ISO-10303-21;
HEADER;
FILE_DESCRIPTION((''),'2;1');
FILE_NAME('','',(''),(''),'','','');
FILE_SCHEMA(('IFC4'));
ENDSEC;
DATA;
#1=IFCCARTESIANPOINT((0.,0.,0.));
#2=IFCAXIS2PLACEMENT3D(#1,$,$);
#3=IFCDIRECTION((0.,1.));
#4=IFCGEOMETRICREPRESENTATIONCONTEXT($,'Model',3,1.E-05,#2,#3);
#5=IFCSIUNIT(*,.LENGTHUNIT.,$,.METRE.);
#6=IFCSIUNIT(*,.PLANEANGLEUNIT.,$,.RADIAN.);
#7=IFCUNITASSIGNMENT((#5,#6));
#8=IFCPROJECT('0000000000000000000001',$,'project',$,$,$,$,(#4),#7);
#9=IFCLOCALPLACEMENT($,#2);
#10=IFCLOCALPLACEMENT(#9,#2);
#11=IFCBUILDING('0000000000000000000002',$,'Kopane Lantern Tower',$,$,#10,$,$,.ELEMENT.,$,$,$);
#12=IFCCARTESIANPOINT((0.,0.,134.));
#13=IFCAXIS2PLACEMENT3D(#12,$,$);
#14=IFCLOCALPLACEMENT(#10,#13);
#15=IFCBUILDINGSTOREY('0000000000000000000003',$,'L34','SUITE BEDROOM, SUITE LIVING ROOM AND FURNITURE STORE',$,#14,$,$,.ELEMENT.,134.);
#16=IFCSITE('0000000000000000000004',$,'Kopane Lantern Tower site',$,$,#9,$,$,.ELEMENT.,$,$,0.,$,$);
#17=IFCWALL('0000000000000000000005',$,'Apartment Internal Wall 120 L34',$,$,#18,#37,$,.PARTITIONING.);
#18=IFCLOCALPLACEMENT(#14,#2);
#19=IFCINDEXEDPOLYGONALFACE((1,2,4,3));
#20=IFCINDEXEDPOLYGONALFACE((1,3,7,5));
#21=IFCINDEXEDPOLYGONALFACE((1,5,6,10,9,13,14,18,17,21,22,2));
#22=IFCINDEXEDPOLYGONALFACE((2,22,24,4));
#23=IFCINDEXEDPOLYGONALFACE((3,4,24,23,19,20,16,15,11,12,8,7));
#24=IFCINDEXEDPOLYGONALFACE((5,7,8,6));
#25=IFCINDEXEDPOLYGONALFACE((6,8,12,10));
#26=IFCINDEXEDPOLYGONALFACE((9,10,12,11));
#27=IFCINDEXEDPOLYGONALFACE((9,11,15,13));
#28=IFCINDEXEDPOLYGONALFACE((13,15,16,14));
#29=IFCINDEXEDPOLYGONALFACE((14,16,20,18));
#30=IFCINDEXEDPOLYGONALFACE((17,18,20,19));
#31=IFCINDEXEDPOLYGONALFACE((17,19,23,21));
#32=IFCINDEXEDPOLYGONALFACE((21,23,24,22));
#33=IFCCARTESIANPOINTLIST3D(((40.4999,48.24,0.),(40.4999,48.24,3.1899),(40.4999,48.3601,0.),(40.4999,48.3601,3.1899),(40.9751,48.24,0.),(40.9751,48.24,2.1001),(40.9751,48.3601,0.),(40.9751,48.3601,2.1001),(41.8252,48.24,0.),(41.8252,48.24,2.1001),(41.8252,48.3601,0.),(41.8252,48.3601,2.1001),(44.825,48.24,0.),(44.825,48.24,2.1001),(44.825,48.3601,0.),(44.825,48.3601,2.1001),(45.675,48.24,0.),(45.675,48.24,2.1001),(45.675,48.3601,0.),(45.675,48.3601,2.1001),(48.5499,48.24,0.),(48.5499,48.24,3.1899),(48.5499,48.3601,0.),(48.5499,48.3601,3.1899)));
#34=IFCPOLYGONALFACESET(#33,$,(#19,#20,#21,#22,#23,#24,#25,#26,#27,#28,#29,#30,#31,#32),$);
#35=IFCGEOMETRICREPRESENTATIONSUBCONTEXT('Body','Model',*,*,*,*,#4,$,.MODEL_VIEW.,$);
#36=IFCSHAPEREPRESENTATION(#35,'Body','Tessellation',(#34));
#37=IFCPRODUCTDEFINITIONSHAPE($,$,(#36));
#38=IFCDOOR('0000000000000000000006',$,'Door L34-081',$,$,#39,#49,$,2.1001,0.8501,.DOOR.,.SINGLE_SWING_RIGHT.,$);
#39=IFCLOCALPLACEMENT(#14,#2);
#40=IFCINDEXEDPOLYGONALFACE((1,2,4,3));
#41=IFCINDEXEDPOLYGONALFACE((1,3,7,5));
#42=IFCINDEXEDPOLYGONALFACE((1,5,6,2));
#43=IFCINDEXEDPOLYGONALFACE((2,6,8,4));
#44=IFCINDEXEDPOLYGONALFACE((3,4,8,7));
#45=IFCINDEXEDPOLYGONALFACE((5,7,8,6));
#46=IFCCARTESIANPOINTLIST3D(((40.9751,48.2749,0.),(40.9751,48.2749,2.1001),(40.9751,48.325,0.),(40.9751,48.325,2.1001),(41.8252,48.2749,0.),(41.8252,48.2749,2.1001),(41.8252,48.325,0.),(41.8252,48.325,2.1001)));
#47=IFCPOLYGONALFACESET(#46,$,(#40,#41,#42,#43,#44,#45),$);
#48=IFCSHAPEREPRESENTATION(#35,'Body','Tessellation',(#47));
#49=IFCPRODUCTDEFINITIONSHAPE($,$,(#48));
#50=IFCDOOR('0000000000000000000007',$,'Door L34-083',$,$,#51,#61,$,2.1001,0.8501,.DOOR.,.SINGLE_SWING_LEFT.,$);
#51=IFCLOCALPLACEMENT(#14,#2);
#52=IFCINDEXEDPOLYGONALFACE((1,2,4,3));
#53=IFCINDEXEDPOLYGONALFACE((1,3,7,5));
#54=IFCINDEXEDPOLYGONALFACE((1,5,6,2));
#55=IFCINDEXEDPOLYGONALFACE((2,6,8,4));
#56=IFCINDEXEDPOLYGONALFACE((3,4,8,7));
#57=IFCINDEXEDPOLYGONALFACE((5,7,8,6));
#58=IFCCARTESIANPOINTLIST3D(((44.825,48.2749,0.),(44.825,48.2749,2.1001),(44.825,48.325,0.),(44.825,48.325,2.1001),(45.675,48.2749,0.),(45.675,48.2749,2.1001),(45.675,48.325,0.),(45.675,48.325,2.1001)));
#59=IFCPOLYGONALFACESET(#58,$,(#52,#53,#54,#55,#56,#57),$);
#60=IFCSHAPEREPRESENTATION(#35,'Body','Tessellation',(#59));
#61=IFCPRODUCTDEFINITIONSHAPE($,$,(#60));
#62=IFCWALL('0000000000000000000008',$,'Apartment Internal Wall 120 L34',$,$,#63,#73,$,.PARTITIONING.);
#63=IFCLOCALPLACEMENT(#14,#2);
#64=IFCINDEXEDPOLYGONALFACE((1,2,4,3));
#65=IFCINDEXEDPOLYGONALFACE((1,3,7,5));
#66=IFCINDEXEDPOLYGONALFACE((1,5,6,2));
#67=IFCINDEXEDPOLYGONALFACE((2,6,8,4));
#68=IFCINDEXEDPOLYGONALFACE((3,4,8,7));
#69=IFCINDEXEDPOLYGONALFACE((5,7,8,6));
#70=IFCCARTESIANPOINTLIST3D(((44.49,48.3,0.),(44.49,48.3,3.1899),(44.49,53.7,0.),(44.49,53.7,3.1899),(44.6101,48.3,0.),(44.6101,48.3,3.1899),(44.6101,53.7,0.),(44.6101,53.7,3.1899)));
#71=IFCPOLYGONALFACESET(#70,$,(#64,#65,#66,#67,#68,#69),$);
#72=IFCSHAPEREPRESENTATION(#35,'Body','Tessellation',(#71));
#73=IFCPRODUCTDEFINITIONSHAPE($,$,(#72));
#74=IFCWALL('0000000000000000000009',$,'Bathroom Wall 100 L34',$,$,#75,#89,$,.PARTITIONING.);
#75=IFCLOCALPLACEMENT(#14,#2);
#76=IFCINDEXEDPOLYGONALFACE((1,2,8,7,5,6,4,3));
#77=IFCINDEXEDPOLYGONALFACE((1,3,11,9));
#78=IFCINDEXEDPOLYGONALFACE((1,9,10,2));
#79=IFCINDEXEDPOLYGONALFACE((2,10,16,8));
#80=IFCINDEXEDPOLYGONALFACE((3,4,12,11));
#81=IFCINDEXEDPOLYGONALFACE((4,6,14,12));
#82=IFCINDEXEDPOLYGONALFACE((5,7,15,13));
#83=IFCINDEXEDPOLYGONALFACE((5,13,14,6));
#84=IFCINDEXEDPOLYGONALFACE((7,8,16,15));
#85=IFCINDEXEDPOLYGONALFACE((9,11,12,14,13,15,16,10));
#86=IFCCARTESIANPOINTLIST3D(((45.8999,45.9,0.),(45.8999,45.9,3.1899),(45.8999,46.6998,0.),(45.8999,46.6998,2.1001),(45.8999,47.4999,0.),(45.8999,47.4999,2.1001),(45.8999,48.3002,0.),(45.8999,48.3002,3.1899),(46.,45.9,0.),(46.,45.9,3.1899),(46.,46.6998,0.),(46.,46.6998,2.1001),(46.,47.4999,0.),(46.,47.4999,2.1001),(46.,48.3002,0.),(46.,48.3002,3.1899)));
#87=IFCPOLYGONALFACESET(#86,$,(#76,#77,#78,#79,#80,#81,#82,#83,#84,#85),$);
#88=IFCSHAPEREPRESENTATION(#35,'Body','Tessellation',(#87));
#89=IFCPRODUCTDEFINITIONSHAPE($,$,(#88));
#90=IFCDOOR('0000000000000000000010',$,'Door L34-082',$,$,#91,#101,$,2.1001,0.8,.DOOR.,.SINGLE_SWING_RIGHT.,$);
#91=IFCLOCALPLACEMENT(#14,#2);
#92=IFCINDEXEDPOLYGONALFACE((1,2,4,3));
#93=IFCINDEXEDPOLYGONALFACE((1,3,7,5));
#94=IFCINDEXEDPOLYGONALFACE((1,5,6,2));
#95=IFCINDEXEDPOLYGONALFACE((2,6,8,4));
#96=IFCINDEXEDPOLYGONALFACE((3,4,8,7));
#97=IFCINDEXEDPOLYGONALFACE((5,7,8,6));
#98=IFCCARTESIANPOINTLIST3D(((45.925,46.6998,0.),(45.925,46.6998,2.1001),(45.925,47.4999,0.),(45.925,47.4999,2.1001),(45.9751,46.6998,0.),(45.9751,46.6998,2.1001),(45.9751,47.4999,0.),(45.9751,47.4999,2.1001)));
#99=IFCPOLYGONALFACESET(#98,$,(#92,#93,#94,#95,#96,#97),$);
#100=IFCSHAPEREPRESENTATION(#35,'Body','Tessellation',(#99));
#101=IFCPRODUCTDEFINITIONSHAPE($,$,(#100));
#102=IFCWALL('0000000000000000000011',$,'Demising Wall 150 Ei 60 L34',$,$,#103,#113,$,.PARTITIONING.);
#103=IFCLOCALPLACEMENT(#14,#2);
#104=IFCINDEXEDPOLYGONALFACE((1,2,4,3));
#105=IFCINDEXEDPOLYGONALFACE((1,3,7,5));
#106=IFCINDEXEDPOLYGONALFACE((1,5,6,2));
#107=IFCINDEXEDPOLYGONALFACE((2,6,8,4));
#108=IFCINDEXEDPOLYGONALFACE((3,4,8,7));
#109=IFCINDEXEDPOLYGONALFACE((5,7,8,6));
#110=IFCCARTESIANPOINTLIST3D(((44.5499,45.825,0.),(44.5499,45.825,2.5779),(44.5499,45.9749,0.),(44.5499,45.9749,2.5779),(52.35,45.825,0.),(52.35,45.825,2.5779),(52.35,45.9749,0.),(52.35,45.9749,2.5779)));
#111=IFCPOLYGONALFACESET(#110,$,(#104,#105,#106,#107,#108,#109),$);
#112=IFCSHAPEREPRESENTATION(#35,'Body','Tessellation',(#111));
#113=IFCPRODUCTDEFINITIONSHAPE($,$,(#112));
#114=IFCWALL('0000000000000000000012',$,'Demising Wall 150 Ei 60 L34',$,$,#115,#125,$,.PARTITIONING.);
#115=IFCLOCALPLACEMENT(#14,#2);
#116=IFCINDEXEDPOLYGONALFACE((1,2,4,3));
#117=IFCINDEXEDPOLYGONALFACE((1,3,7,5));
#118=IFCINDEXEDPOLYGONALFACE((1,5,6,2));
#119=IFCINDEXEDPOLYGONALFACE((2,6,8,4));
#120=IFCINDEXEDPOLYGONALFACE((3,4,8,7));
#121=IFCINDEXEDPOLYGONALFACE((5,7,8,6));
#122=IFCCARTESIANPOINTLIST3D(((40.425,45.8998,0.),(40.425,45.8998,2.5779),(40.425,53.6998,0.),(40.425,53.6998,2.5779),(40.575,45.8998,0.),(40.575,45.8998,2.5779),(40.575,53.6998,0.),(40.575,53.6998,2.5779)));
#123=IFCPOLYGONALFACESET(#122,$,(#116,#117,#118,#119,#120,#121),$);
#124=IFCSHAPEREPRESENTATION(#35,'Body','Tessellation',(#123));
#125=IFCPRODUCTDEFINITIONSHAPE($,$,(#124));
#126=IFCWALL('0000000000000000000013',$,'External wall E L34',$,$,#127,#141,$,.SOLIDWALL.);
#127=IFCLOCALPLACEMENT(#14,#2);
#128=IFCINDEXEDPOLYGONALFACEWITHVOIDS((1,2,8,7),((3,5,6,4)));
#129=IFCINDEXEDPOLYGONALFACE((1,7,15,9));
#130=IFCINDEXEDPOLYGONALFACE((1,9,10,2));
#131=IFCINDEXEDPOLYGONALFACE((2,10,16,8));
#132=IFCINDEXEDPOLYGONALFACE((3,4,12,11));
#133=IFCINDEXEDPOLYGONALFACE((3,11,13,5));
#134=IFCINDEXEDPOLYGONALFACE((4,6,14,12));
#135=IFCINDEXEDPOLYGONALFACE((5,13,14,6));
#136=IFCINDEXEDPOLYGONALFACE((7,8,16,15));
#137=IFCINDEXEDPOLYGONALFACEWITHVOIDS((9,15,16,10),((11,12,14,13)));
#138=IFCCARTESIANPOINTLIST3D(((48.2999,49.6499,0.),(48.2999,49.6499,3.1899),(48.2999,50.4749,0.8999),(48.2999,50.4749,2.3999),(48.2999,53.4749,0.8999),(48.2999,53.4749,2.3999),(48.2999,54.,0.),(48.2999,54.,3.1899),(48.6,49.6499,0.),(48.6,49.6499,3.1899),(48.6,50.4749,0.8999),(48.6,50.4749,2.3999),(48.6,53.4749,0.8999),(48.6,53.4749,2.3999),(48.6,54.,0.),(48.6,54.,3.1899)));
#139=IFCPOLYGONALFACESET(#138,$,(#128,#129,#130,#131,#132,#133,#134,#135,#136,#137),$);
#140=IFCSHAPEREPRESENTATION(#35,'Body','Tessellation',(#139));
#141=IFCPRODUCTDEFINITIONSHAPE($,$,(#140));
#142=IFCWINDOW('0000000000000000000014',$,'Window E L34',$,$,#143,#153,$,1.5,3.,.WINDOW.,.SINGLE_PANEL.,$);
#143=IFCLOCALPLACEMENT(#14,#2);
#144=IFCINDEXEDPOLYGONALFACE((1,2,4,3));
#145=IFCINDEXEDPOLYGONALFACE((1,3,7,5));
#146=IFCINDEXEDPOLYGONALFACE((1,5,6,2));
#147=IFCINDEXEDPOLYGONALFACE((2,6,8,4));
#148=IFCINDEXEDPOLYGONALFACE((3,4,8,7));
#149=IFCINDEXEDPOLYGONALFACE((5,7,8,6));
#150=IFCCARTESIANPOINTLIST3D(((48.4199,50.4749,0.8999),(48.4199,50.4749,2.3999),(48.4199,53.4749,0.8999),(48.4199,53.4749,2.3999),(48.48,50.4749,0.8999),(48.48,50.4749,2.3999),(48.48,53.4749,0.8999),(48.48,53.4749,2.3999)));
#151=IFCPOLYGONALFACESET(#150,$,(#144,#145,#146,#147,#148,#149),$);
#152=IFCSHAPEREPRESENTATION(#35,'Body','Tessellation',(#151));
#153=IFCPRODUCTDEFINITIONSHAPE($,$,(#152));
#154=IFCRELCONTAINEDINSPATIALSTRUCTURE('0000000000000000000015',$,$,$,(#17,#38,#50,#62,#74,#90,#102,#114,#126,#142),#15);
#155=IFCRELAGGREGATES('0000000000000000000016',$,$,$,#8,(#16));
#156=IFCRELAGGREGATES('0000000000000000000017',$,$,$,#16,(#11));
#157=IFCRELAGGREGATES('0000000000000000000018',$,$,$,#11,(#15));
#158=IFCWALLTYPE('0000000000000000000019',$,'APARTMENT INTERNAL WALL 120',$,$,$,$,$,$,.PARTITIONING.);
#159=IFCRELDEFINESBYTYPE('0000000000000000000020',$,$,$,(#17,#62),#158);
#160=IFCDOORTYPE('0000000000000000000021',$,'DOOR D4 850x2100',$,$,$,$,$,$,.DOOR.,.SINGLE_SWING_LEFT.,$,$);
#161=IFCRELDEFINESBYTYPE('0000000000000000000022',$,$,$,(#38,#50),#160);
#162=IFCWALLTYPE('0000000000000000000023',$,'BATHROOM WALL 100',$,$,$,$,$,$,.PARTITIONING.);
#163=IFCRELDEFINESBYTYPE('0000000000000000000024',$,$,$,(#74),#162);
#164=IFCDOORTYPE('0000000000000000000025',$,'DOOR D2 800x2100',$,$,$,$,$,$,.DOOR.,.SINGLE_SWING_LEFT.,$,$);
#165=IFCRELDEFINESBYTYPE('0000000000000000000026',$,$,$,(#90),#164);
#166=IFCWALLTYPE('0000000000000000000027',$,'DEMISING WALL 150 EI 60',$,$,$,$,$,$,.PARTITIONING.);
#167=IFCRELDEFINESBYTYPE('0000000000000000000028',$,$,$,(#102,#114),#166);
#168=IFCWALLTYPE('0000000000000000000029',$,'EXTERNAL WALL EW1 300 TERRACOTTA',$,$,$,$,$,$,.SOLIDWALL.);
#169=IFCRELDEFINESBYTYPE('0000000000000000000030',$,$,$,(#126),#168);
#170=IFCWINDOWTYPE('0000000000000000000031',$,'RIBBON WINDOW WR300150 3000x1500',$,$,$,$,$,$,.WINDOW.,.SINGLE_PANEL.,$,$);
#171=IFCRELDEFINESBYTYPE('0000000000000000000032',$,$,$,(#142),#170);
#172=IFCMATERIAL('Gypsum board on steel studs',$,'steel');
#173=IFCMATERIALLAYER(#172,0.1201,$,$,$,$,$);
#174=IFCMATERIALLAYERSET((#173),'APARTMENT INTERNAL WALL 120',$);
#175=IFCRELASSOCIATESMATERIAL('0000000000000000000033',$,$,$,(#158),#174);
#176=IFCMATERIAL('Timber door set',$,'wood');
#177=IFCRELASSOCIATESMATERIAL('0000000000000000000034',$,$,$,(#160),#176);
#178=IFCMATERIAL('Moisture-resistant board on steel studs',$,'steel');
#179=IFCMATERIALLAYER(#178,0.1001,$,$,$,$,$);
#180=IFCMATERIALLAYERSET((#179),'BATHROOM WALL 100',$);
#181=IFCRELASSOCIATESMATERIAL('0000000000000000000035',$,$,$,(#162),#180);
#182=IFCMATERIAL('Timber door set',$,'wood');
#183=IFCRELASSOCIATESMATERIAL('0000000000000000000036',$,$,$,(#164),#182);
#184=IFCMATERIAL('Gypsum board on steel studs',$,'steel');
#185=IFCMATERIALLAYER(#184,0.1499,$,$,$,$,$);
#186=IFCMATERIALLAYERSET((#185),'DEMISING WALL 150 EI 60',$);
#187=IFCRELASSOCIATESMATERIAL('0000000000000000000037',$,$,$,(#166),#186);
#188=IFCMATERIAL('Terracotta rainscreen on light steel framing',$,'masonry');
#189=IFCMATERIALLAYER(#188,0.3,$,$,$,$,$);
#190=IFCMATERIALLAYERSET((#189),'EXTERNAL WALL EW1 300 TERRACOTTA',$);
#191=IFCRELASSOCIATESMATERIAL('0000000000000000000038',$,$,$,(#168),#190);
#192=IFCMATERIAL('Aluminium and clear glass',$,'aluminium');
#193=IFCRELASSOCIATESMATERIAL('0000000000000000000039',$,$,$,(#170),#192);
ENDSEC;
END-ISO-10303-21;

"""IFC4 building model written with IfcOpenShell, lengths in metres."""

from ifc_helpers import new_model, si_unit, direction, frame, frame_2d, origin, place, context, subcontext, project, spatial, rectangle, extrude, material, layer, layer_set, type_object, element, fill, save


model = new_model("IFC4")

# Units and contexts
model_context = context("Model", 3, precision=1e-05, world=origin(), true_north=direction((0.0, 1.0)))
body_context = subcontext(model_context, "Body", "Model", "MODEL_VIEW")
ifc_project = project(units=[si_unit("LENGTHUNIT", "METRE"), si_unit("PLANEANGLEUNIT", "RADIAN")], contexts=[model_context])

# Site, building, storey
site_placement = place(None, origin())
site = spatial("IfcSite", under=ifc_project, at=site_placement, Name="Kopane Lantern Tower site", CompositionType="ELEMENT", RefElevation=0.0)
building_placement = place(site_placement, origin())
building = spatial("IfcBuilding", under=site, at=building_placement, Name="Kopane Lantern Tower", CompositionType="ELEMENT")
storey_placement = place(building_placement, frame((0.0, 0.0, 134.0)))
storey = spatial("IfcBuildingStorey", under=building, at=storey_placement, Name="L34", Description="SUITE BEDROOM, SUITE LIVING ROOM AND FURNITURE STORE", CompositionType="ELEMENT", Elevation=134.0)

# Wall, openings, doors
ifc_material_1 = material(Name="Gypsum board on steel studs", Category="steel")
ifc_layer_1 = layer(ifc_material_1, 0.1201)
ifc_layer_set_1 = layer_set([ifc_layer_1], Name="APARTMENT INTERNAL WALL 120")
wall_type_1 = type_object("IfcWallType", Name="APARTMENT INTERNAL WALL 120", PredefinedType="PARTITIONING", material=ifc_layer_set_1)
wall_1_placement = place(storey_placement, frame((40.5, 48.3, 0.0), z_axis=(0.0, 0.0, 1.0), x_axis=(1.0, 0.0, 0.0)))
wall_1 = element("IfcWall", 1, at=wall_1_placement, inside=storey, type_object=wall_type_1, Name="Apartment Internal Wall 120 L34", PredefinedType="PARTITIONING", context=body_context, shape_type="SweptSolid", body=[
    extrude(rectangle(XDim=8.05, YDim=0.1201, at=frame_2d((4.0249, 0.0))), origin(), (0.0, 0.0, 1.0), 3.1899),
])
opening_1_placement = place(wall_1_placement, frame((0.4751, 0.0, 0.0)))
opening_1 = element("IfcOpeningElement", 2, at=opening_1_placement, cuts=wall_1, PredefinedType="OPENING", context=body_context, shape_type="SweptSolid", body=[
    extrude(rectangle(XDim=0.8501, YDim=2.1001, at=frame_2d((0.425, 1.05))), frame((0.0, 0.0701, 0.0), z_axis=(0.0, -1.0, 0.0), x_axis=(1.0, 0.0, 0.0)), (0.0, 0.0, 1.0), 0.1401),
])
opening_2_placement = place(wall_1_placement, frame((4.325, 0.0, 0.0)))
opening_2 = element("IfcOpeningElement", 3, at=opening_2_placement, cuts=wall_1, PredefinedType="OPENING", context=body_context, shape_type="SweptSolid", body=[
    extrude(rectangle(XDim=0.8501, YDim=2.1001, at=frame_2d((0.425, 1.05))), frame((0.0, 0.0701, 0.0), z_axis=(0.0, -1.0, 0.0), x_axis=(1.0, 0.0, 0.0)), (0.0, 0.0, 1.0), 0.1401),
])
ifc_material_2 = material(Name="Timber door set", Category="wood")
door_type_1 = type_object("IfcDoorType", Name="DOOR D4 850x2100", OperationType="SINGLE_SWING_LEFT", PredefinedType="DOOR", material=ifc_material_2)
door_1_placement = place(opening_1_placement, origin())
door_1 = element("IfcDoor", 4, at=door_1_placement, inside=storey, type_object=door_type_1, Name="Door L34-081", OperationType="SINGLE_SWING_RIGHT", OverallHeight=2.1001, OverallWidth=0.8501, PredefinedType="DOOR", context=body_context, shape_type="SweptSolid", body=[
    extrude(rectangle(XDim=0.8501, YDim=2.1001, at=frame_2d((0.425, 1.05))), frame((0.0, 0.0249, 0.0), z_axis=(0.0, -1.0, 0.0), x_axis=(1.0, 0.0, 0.0)), (0.0, 0.0, 1.0), 0.05),
])
fill(opening_1, door_1)
door_2_placement = place(opening_2_placement, origin())
door_2 = element("IfcDoor", 5, at=door_2_placement, inside=storey, type_object=door_type_1, Name="Door L34-083", OperationType="SINGLE_SWING_LEFT", OverallHeight=2.1001, OverallWidth=0.8501, PredefinedType="DOOR", context=body_context, shape_type="SweptSolid", body=[
    extrude(rectangle(XDim=0.8501, YDim=2.1001, at=frame_2d((0.425, 1.05))), frame((0.0, 0.0249, 0.0), z_axis=(0.0, -1.0, 0.0), x_axis=(1.0, 0.0, 0.0)), (0.0, 0.0, 1.0), 0.05),
])
fill(opening_2, door_2)

# Wall
wall_2_placement = place(storey_placement, frame((44.55, 48.3, 0.0), z_axis=(0.0, 0.0, 1.0), x_axis=(0.0, 1.0, 0.0)))
element("IfcWall", 6, at=wall_2_placement, inside=storey, type_object=wall_type_1, Name="Apartment Internal Wall 120 L34", PredefinedType="PARTITIONING", context=body_context, shape_type="SweptSolid", body=[
    extrude(rectangle(XDim=5.3999, YDim=0.1201, at=frame_2d((2.7, 0.0))), origin(), (0.0, 0.0, 1.0), 3.1899),
])

# Wall, opening, door
ifc_material_3 = material(Name="Moisture-resistant board on steel studs", Category="steel")
ifc_layer_2 = layer(ifc_material_3, 0.1001)
ifc_layer_set_2 = layer_set([ifc_layer_2], Name="BATHROOM WALL 100")
wall_type_2 = type_object("IfcWallType", Name="BATHROOM WALL 100", PredefinedType="PARTITIONING", material=ifc_layer_set_2)
wall_3_placement = place(storey_placement, frame((45.95, 45.8999, 0.0), z_axis=(0.0, 0.0, 1.0), x_axis=(0.0, 1.0, 0.0)))
wall_3 = element("IfcWall", 7, at=wall_3_placement, inside=storey, type_object=wall_type_2, Name="Bathroom Wall 100 L34", PredefinedType="PARTITIONING", context=body_context, shape_type="SweptSolid", body=[
    extrude(rectangle(XDim=2.4001, YDim=0.1001, at=frame_2d((1.2002, 0.0))), origin(), (0.0, 0.0, 1.0), 3.1899),
])
opening_3_placement = place(wall_3_placement, frame((0.8, 0.0, 0.0)))
opening_3 = element("IfcOpeningElement", 8, at=opening_3_placement, cuts=wall_3, PredefinedType="OPENING", context=body_context, shape_type="SweptSolid", body=[
    extrude(rectangle(XDim=0.8, YDim=2.1001, at=frame_2d((0.3999, 1.05))), frame((0.0, 0.0601, 0.0), z_axis=(0.0, -1.0, 0.0), x_axis=(1.0, 0.0, 0.0)), (0.0, 0.0, 1.0), 0.1201),
])
ifc_material_4 = material(Name="Timber door set", Category="wood")
door_type_2 = type_object("IfcDoorType", Name="DOOR D2 800x2100", OperationType="SINGLE_SWING_LEFT", PredefinedType="DOOR", material=ifc_material_4)
door_3_placement = place(opening_3_placement, origin())
door_3 = element("IfcDoor", 9, at=door_3_placement, inside=storey, type_object=door_type_2, Name="Door L34-082", OperationType="SINGLE_SWING_RIGHT", OverallHeight=2.1001, OverallWidth=0.8, PredefinedType="DOOR", context=body_context, shape_type="SweptSolid", body=[
    extrude(rectangle(XDim=0.8, YDim=2.1001, at=frame_2d((0.3999, 1.05))), frame((0.0, 0.0249, 0.0), z_axis=(0.0, -1.0, 0.0), x_axis=(1.0, 0.0, 0.0)), (0.0, 0.0, 1.0), 0.05),
])
fill(opening_3, door_3)

# Walls
ifc_material_5 = material(Name="Gypsum board on steel studs", Category="steel")
ifc_layer_3 = layer(ifc_material_5, 0.1499)
ifc_layer_set_3 = layer_set([ifc_layer_3], Name="DEMISING WALL 150 EI 60")
wall_type_3 = type_object("IfcWallType", Name="DEMISING WALL 150 EI 60", PredefinedType="PARTITIONING", material=ifc_layer_set_3)
for number, where, z_axis, x_axis, name in (
    (10, (44.55, 45.8999, 0.0), (0.0, 0.0, 1.0), (1.0, 0.0, 0.0), "Demising Wall 150 Ei 60 L34"),
    (11, (40.5, 45.8999, 0.0), (0.0, 0.0, 1.0), (0.0, 1.0, 0.0), "Demising Wall 150 Ei 60 L34"),
):
    element("IfcWall", number, at=place(storey_placement, frame(where, z_axis=z_axis, x_axis=x_axis)), inside=storey, type_object=wall_type_3, Name=name, PredefinedType="PARTITIONING", context=body_context, shape_type="SweptSolid", body=[
        extrude(rectangle(XDim=7.8, YDim=0.1499, at=frame_2d((3.8999, 0.0))), origin(), (0.0, 0.0, 1.0), 2.5779),
    ])

# Wall, opening, window
ifc_material_6 = material(Name="Terracotta rainscreen on light steel framing", Category="masonry")
ifc_layer_4 = layer(ifc_material_6, 0.3)
ifc_layer_set_4 = layer_set([ifc_layer_4], Name="EXTERNAL WALL EW1 300 TERRACOTTA")
wall_type_4 = type_object("IfcWallType", Name="EXTERNAL WALL EW1 300 TERRACOTTA", PredefinedType="SOLIDWALL", material=ifc_layer_set_4)
wall_4_placement = place(storey_placement, frame((48.45, 49.6499, 0.0), z_axis=(0.0, 0.0, 1.0), x_axis=(0.0, 1.0, 0.0)))
wall_4 = element("IfcWall", 12, at=wall_4_placement, inside=storey, type_object=wall_type_4, Name="External wall E L34", PredefinedType="SOLIDWALL", context=body_context, shape_type="SweptSolid", body=[
    extrude(rectangle(XDim=4.3501, YDim=0.3, at=frame_2d((2.175, 0.0))), origin(), (0.0, 0.0, 1.0), 3.1899),
])
opening_4_placement = place(wall_4_placement, frame((0.825, 0.0, 0.8999)))
opening_4 = element("IfcOpeningElement", 13, at=opening_4_placement, cuts=wall_4, PredefinedType="OPENING", context=body_context, shape_type="SweptSolid", body=[
    extrude(rectangle(XDim=3.0, YDim=1.5, at=frame_2d((1.5, 0.75))), frame((0.0, 0.1599, 0.0), z_axis=(0.0, -1.0, 0.0), x_axis=(1.0, 0.0, 0.0)), (0.0, 0.0, 1.0), 0.3201),
])
ifc_material_7 = material(Name="Aluminium and clear glass", Category="aluminium")
window_type_1 = type_object("IfcWindowType", Name="RIBBON WINDOW WR300150 3000x1500", PartitioningType="SINGLE_PANEL", PredefinedType="WINDOW", material=ifc_material_7)
window_1_placement = place(opening_4_placement, origin())
window_1 = element("IfcWindow", 14, at=window_1_placement, inside=storey, type_object=window_type_1, Name="Window E L34", OverallHeight=1.5, OverallWidth=3.0, PartitioningType="SINGLE_PANEL", PredefinedType="WINDOW", context=body_context, shape_type="SweptSolid", body=[
    extrude(rectangle(XDim=3.0, YDim=1.5, at=frame_2d((1.5, 0.75))), frame((0.0, 0.03, 0.0), z_axis=(0.0, -1.0, 0.0), x_axis=(1.0, 0.0, 0.0)), (0.0, 0.0, 1.0), 0.0601),
])
fill(opening_4, window_1)

save(model, "model.ifc")
